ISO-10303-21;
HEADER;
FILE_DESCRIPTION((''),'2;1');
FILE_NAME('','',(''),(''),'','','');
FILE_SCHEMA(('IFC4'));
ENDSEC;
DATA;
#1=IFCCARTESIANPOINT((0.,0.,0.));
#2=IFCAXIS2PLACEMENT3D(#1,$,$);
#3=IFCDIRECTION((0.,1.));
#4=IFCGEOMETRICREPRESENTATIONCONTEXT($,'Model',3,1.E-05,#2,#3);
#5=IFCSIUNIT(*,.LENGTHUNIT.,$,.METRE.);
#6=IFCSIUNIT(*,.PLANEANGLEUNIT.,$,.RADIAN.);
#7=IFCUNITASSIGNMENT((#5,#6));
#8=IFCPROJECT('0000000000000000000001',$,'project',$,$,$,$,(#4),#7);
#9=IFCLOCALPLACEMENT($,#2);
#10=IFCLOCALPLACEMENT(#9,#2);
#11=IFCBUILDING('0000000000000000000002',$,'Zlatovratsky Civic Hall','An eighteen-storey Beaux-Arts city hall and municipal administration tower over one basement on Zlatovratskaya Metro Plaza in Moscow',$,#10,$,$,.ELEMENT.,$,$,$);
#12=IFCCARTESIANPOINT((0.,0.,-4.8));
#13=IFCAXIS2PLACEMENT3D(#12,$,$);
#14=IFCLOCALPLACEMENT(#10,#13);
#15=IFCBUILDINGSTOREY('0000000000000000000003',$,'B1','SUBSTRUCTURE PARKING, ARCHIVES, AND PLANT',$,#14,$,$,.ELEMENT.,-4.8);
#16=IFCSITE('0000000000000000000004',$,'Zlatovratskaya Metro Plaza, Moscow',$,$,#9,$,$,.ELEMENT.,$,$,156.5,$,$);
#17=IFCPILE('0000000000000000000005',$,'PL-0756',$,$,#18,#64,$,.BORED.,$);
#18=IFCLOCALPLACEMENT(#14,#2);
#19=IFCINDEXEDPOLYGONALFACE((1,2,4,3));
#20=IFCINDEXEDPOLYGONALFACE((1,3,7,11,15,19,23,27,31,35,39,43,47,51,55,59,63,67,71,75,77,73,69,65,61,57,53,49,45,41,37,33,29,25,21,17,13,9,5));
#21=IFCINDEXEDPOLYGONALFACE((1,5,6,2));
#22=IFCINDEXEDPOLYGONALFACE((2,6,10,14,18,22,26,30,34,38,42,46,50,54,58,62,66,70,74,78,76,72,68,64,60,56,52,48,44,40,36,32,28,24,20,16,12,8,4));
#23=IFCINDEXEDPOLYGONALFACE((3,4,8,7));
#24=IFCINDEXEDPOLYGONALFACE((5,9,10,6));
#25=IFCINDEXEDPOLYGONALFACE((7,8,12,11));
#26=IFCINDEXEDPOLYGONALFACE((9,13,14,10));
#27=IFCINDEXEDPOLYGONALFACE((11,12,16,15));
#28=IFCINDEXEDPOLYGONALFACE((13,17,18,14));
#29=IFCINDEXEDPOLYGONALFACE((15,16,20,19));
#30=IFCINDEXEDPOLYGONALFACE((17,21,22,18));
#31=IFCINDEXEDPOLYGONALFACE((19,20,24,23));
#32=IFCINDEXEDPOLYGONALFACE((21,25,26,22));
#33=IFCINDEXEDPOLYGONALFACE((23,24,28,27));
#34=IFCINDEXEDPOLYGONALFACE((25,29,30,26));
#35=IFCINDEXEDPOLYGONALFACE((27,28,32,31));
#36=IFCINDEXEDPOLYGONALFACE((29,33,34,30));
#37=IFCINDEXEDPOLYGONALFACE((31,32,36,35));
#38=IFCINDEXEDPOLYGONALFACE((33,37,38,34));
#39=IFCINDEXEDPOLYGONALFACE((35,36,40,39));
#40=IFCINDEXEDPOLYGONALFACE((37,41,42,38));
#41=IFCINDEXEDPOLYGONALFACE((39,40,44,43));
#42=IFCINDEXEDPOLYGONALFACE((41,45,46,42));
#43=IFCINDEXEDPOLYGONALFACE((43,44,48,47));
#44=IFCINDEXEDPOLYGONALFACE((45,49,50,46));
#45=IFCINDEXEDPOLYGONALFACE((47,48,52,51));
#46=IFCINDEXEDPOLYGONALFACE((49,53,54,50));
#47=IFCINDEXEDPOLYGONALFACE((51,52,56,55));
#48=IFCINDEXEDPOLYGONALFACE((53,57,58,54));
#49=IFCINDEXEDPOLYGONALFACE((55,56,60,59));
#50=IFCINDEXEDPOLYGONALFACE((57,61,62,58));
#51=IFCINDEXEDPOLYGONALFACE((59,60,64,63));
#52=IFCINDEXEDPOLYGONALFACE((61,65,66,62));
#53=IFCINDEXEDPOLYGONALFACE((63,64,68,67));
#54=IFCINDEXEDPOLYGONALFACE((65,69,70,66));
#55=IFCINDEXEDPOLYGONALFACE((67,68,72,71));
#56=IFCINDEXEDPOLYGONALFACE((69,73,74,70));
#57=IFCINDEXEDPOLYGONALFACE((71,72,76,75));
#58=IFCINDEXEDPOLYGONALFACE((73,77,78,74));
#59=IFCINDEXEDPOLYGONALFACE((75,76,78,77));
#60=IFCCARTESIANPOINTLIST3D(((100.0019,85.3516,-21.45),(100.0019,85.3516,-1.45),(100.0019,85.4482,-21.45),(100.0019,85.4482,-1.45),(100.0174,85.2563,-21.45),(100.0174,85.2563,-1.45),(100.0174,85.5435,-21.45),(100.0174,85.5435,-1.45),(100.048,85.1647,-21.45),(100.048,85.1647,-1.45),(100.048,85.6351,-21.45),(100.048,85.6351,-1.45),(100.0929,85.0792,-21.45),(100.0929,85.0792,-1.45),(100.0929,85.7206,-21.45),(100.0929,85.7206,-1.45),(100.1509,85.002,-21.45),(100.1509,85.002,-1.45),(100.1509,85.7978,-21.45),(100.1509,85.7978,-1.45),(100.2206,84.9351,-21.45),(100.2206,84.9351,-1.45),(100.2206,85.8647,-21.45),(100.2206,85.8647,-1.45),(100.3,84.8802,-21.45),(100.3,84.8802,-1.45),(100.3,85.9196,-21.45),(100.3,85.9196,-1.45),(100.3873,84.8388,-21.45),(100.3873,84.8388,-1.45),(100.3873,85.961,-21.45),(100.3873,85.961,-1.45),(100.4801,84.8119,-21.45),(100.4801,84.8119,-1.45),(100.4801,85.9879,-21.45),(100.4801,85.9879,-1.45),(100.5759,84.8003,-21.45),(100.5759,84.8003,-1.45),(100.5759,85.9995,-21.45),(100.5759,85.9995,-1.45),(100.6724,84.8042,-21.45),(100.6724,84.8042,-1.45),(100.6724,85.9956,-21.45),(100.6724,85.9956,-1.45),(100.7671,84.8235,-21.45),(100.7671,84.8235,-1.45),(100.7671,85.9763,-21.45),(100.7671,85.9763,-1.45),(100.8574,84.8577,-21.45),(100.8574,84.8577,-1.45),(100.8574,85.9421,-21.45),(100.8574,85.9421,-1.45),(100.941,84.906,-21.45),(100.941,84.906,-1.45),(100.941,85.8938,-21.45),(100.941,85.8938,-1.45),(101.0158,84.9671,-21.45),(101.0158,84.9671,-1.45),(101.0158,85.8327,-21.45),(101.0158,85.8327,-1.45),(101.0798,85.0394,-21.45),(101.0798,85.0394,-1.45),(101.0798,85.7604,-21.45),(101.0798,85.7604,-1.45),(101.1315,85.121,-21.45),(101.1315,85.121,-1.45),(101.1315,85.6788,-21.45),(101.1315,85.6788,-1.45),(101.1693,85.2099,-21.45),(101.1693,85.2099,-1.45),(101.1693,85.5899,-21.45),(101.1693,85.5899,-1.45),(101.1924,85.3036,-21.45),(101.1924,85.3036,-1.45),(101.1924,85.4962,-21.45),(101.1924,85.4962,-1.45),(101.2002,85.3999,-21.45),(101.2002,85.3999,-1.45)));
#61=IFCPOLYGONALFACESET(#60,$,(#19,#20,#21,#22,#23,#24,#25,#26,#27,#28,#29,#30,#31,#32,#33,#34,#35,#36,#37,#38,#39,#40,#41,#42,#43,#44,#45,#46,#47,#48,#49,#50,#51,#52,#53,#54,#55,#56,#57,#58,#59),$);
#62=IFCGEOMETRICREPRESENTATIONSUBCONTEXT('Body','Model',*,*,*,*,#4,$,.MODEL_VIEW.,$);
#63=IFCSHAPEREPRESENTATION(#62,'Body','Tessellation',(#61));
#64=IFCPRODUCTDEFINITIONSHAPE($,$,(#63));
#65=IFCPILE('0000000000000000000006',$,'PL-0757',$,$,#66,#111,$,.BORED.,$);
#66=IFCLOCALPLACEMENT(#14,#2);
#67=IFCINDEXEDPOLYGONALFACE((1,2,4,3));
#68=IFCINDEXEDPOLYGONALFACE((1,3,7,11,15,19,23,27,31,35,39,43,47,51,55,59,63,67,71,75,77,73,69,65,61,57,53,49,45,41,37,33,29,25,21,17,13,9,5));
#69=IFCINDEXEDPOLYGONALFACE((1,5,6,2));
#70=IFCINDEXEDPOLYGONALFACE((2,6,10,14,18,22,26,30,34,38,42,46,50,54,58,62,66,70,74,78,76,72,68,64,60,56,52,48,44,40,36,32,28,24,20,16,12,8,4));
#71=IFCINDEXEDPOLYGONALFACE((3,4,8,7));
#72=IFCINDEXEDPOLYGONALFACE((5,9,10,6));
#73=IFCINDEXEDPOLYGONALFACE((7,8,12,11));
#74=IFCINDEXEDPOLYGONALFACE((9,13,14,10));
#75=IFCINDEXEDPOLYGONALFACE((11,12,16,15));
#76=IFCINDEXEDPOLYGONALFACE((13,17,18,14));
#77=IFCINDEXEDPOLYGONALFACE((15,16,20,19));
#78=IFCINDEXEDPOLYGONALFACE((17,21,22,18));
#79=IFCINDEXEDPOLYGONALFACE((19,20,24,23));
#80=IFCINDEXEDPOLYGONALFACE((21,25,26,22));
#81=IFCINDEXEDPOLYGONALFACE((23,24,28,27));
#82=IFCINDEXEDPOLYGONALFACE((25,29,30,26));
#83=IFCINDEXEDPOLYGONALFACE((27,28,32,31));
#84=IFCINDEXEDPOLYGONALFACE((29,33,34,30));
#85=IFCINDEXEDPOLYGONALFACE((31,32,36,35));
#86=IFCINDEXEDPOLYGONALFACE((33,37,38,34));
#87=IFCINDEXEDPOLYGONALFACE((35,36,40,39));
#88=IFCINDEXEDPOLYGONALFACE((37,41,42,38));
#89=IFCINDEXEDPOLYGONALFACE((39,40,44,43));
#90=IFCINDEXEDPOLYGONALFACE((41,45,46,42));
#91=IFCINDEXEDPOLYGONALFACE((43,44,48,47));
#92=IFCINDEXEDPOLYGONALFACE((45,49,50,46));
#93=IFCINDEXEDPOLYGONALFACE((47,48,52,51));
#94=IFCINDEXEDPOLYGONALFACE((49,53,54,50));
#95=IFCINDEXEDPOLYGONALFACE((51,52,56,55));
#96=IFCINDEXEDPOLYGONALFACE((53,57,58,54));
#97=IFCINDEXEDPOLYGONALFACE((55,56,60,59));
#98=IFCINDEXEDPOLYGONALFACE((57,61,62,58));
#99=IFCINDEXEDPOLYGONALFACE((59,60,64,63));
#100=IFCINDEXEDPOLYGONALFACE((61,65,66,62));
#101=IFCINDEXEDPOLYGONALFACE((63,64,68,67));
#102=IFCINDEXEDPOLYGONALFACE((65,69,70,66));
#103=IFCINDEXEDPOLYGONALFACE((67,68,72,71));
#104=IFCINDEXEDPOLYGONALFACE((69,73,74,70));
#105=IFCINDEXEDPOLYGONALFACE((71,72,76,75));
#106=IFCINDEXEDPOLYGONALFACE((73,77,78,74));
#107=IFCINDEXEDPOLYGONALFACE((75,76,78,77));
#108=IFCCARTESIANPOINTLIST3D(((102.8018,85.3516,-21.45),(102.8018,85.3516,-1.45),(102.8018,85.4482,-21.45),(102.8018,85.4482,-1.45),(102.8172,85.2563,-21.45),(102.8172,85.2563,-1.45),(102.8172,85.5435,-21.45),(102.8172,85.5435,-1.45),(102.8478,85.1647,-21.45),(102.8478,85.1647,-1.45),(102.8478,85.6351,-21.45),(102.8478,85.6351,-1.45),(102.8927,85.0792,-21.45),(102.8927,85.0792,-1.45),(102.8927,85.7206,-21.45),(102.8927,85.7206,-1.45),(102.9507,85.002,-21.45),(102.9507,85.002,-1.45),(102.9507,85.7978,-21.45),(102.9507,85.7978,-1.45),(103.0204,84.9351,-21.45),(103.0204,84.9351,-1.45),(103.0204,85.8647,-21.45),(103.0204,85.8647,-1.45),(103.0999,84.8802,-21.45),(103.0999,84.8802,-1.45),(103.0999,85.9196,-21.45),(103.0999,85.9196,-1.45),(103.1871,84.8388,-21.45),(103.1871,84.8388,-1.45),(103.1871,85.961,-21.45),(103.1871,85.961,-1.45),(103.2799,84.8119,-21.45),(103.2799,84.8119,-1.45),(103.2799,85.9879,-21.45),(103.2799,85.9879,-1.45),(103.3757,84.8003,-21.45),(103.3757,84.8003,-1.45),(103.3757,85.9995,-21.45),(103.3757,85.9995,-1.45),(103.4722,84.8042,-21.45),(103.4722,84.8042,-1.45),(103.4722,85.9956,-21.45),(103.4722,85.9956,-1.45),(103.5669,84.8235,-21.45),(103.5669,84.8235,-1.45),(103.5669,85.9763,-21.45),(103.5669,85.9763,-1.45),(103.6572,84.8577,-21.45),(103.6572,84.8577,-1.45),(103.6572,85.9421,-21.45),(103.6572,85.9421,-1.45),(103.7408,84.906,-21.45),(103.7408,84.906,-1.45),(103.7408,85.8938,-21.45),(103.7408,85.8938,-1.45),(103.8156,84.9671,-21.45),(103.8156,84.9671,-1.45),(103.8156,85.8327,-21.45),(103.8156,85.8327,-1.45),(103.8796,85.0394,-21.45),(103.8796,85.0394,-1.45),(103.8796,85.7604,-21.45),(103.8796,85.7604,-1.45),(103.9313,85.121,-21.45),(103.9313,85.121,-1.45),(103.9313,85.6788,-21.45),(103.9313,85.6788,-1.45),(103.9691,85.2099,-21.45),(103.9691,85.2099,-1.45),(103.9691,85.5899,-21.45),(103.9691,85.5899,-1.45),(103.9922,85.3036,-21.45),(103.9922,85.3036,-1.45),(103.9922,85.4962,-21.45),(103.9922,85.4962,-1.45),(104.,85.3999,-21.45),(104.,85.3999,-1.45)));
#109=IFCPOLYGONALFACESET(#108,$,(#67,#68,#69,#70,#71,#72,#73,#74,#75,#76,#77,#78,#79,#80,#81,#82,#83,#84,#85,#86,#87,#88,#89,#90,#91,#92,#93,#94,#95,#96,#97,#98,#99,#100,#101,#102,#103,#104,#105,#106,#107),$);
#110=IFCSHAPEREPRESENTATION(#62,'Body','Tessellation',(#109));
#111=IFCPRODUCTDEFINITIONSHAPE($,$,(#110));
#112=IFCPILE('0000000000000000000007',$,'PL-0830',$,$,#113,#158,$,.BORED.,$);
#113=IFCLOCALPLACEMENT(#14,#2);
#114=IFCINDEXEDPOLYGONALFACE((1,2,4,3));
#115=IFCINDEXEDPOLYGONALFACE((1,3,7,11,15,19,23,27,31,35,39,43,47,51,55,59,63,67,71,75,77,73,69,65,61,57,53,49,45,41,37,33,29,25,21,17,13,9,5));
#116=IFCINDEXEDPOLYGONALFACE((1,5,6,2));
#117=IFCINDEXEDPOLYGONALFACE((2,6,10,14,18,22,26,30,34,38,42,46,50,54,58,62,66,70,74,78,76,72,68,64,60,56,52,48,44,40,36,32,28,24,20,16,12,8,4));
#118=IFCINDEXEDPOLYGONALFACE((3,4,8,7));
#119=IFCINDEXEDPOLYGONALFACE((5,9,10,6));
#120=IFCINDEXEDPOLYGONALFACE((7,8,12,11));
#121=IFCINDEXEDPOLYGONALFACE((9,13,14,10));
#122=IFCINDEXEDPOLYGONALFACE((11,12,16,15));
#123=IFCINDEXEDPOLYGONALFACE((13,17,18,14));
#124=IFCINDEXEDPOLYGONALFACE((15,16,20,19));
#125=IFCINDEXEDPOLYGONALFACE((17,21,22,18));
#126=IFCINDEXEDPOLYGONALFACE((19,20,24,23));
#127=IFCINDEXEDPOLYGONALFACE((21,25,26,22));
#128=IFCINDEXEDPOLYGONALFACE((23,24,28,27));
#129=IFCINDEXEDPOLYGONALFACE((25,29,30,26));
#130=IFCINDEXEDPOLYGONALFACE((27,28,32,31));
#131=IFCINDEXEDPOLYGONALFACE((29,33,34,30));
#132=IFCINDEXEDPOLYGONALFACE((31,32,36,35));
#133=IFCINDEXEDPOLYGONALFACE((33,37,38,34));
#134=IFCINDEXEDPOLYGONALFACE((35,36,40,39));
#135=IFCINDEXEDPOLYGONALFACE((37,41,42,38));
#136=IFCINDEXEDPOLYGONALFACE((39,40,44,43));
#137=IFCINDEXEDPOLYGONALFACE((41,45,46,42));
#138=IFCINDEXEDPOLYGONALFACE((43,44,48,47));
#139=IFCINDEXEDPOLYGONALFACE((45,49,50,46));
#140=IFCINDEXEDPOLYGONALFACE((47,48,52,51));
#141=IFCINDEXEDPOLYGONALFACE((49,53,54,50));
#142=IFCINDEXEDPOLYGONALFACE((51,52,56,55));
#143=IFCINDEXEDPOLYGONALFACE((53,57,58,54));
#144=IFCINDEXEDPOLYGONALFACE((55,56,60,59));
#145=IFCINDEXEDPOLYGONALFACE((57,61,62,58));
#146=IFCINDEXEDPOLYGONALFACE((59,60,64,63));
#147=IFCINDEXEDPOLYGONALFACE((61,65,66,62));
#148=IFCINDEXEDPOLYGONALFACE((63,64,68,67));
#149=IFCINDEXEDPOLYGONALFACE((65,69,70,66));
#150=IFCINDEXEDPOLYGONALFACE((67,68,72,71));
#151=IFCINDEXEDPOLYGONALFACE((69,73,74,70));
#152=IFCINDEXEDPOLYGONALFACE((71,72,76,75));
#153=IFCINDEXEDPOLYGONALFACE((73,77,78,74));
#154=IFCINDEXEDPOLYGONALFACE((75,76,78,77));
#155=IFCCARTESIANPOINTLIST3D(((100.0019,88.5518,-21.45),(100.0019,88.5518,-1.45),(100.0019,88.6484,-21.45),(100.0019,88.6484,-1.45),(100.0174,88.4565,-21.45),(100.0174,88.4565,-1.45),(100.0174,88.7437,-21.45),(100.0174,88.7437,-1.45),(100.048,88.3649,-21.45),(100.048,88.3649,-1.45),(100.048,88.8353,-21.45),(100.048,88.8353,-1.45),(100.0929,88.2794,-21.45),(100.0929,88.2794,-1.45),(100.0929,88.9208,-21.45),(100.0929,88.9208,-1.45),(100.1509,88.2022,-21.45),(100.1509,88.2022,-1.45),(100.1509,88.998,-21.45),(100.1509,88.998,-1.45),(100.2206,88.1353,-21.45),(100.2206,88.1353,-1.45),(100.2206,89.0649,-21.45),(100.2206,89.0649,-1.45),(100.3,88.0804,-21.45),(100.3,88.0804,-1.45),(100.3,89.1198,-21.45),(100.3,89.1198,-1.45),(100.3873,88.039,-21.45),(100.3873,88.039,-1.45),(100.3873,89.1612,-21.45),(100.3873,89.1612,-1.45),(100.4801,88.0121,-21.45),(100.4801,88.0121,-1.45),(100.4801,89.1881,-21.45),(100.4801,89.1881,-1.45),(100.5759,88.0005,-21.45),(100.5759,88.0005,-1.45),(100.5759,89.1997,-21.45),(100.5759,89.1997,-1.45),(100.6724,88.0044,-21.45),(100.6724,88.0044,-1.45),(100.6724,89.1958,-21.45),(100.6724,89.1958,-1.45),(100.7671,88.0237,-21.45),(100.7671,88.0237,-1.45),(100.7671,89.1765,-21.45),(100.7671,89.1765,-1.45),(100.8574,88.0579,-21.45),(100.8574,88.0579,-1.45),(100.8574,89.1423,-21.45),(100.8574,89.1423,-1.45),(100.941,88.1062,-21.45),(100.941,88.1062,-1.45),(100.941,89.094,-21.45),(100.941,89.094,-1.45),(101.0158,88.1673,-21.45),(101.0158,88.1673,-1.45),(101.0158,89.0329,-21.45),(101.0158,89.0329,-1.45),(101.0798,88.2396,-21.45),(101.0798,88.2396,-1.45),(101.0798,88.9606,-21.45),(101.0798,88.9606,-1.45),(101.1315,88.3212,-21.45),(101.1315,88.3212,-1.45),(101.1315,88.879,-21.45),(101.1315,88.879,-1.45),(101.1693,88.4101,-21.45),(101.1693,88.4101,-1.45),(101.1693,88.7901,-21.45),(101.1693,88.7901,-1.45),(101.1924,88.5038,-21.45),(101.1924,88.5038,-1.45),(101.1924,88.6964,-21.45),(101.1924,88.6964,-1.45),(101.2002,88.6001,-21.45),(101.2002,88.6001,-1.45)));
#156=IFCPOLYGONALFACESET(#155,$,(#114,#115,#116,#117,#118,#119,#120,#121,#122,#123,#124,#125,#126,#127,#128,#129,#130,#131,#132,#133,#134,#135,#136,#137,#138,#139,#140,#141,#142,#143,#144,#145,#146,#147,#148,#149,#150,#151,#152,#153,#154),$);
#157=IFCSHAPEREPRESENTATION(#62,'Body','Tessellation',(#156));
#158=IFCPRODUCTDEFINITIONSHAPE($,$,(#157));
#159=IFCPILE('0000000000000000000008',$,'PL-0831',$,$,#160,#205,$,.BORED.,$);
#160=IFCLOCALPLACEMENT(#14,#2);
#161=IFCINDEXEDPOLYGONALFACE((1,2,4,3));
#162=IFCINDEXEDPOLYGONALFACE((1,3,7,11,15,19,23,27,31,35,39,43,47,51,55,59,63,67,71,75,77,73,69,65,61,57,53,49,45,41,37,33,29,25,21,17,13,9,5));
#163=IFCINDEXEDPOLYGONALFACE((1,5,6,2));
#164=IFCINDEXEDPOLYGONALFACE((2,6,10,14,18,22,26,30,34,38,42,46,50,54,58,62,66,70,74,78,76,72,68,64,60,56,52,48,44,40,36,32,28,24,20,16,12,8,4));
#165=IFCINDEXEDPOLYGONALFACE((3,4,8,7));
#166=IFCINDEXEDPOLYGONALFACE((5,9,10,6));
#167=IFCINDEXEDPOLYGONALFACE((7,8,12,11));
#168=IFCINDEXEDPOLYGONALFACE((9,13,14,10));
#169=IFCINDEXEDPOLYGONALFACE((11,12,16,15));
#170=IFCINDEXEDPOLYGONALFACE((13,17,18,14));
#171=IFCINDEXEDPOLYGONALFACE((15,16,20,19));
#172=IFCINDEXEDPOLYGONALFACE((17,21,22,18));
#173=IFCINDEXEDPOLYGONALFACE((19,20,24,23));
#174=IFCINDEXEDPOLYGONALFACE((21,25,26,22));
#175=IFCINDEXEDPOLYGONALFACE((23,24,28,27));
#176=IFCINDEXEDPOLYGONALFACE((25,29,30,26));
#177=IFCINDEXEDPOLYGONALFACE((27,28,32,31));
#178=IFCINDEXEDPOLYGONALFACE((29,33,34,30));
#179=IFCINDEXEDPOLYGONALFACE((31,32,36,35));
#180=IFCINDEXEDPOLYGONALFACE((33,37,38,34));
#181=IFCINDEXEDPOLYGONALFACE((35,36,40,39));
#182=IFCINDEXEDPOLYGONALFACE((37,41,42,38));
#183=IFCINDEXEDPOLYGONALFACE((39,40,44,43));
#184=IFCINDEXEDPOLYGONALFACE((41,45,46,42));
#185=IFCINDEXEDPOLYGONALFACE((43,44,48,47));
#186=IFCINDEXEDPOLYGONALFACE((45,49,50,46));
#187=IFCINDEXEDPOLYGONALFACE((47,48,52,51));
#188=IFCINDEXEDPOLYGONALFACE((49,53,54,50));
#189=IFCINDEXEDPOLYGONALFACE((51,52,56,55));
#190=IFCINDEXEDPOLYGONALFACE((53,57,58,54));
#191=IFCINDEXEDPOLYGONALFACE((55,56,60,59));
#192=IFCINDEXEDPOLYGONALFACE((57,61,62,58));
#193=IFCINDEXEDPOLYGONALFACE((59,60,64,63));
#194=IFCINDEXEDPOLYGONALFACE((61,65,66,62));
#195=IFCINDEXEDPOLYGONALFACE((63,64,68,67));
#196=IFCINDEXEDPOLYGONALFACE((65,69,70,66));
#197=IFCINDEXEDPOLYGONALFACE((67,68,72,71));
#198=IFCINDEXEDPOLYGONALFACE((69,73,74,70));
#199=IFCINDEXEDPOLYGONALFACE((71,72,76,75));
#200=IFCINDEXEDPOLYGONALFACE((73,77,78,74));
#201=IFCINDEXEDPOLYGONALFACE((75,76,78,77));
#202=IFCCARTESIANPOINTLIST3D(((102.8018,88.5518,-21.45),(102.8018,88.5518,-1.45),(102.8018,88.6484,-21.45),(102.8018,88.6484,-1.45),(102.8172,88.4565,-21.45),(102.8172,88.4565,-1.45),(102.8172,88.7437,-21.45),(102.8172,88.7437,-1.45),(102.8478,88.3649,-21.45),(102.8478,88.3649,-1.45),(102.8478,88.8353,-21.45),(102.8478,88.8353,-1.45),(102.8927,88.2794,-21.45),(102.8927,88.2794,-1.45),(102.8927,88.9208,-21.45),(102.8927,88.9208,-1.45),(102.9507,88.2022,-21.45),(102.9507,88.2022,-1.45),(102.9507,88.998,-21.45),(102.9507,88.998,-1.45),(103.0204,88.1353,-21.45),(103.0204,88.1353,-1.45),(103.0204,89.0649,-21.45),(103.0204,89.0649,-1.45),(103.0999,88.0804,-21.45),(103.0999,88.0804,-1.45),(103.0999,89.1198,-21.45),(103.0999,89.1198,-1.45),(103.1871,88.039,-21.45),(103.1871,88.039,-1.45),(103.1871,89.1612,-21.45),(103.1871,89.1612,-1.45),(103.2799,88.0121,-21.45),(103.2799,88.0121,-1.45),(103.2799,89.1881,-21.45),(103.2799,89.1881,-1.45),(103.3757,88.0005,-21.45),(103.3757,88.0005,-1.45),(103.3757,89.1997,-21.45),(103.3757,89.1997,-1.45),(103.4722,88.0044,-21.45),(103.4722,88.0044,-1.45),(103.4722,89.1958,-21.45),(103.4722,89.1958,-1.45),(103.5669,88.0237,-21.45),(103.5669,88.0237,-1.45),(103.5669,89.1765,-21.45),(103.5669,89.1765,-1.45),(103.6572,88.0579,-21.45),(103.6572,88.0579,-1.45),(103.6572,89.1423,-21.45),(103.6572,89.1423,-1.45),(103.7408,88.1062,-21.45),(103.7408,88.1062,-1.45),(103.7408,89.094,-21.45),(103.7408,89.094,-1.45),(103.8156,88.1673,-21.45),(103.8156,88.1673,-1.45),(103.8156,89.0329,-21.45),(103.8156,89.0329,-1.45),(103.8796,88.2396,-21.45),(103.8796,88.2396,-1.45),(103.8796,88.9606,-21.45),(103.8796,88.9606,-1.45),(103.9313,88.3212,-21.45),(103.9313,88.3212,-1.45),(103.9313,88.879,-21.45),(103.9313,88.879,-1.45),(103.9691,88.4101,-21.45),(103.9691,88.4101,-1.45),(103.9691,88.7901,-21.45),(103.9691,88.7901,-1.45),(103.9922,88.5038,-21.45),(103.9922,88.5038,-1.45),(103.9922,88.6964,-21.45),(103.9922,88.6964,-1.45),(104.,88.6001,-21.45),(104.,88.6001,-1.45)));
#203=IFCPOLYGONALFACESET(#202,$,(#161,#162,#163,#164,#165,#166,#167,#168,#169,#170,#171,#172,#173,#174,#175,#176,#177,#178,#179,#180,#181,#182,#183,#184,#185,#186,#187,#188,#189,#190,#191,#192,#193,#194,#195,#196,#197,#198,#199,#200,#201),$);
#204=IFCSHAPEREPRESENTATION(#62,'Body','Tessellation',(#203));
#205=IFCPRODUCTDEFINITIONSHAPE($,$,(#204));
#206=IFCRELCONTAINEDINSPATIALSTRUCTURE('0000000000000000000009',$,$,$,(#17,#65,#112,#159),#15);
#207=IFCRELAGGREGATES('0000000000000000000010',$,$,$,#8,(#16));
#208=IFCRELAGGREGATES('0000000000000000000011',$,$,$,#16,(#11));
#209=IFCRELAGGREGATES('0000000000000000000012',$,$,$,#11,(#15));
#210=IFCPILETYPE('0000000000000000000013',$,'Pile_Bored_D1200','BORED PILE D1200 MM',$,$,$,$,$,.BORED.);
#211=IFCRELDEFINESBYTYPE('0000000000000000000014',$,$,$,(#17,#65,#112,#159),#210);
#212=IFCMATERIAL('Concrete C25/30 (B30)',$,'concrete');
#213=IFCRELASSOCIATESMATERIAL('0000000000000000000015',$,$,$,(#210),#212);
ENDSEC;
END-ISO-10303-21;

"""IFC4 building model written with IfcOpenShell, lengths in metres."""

from ifc_helpers import new_model, si_unit, direction, frame, origin, origin_2d, place, context, subcontext, project, spatial, circle, extrude, material, material_profile, profile_set, type_object, element, save


model = new_model("IFC4")

# Units and contexts
model_context = context("Model", 3, precision=1e-05, world=origin(), true_north=direction((0.0, 1.0)))
body_context = subcontext(model_context, "Body", "Model", "MODEL_VIEW")
ifc_project = project(units=[si_unit("LENGTHUNIT", "METRE"), si_unit("PLANEANGLEUNIT", "RADIAN")], contexts=[model_context])

# Site, building, storey
site_placement = place(None, origin())
site = spatial("IfcSite", under=ifc_project, at=site_placement, Name="Zlatovratskaya Metro Plaza, Moscow", CompositionType="ELEMENT", RefElevation=156.5)
building_placement = place(site_placement, origin())
building = spatial("IfcBuilding", under=site, at=building_placement, Name="Zlatovratsky Civic Hall", Description="An eighteen-storey Beaux-Arts city hall and municipal administration tower over one basement on Zlatovratskaya Metro Plaza in Moscow", CompositionType="ELEMENT")
storey_placement = place(building_placement, frame((0.0, 0.0, -4.8)))
storey = spatial("IfcBuildingStorey", under=building, at=storey_placement, Name="B1", Description="SUBSTRUCTURE PARKING, ARCHIVES, AND PLANT", CompositionType="ELEMENT", Elevation=-4.8)

# Shared definitions
ifc_material_1 = material(Name="Concrete C25/30 (B30)", Category="concrete")

# Piles
ifc_material_profile_1 = material_profile(ifc_material_1, circle(Radius=0.6001, at=origin_2d()), Name="PILE D1200")
ifc_profile_set_1 = profile_set([ifc_material_profile_1], Name="Concrete C25/30 (B30)")
pile_type_1 = type_object("IfcPileType", Name="Pile_Bored_D1200", Description="BORED PILE D1200 MM", PredefinedType="BORED", material=ifc_profile_set_1)
for number, where, z_axis, x_axis, name in (
    (1, (100.6001, 85.3999, -1.45), (0.0, 0.0, -1.0), (1.0, 0.0, 0.0), "PL-0756"),
    (2, (103.3999, 85.3999, -1.45), (0.0, 0.0, -1.0), (1.0, 0.0, 0.0), "PL-0757"),
    (3, (100.6001, 88.6001, -1.45), (0.0, 0.0, -1.0), (1.0, 0.0, 0.0), "PL-0830"),
    (4, (103.3999, 88.6001, -1.45), (0.0, 0.0, -1.0), (1.0, 0.0, 0.0), "PL-0831"),
):
    element("IfcPile", number, at=place(storey_placement, frame(where, z_axis=z_axis, x_axis=x_axis)), inside=storey, type_object=pile_type_1, Name=name, PredefinedType="BORED", context=body_context, shape_type="SweptSolid", body=[
        extrude(circle(Radius=0.6001, at=origin_2d()), origin(), (0.0, 0.0, 1.0), 20.0),
    ])

save(model, "model.ifc")
